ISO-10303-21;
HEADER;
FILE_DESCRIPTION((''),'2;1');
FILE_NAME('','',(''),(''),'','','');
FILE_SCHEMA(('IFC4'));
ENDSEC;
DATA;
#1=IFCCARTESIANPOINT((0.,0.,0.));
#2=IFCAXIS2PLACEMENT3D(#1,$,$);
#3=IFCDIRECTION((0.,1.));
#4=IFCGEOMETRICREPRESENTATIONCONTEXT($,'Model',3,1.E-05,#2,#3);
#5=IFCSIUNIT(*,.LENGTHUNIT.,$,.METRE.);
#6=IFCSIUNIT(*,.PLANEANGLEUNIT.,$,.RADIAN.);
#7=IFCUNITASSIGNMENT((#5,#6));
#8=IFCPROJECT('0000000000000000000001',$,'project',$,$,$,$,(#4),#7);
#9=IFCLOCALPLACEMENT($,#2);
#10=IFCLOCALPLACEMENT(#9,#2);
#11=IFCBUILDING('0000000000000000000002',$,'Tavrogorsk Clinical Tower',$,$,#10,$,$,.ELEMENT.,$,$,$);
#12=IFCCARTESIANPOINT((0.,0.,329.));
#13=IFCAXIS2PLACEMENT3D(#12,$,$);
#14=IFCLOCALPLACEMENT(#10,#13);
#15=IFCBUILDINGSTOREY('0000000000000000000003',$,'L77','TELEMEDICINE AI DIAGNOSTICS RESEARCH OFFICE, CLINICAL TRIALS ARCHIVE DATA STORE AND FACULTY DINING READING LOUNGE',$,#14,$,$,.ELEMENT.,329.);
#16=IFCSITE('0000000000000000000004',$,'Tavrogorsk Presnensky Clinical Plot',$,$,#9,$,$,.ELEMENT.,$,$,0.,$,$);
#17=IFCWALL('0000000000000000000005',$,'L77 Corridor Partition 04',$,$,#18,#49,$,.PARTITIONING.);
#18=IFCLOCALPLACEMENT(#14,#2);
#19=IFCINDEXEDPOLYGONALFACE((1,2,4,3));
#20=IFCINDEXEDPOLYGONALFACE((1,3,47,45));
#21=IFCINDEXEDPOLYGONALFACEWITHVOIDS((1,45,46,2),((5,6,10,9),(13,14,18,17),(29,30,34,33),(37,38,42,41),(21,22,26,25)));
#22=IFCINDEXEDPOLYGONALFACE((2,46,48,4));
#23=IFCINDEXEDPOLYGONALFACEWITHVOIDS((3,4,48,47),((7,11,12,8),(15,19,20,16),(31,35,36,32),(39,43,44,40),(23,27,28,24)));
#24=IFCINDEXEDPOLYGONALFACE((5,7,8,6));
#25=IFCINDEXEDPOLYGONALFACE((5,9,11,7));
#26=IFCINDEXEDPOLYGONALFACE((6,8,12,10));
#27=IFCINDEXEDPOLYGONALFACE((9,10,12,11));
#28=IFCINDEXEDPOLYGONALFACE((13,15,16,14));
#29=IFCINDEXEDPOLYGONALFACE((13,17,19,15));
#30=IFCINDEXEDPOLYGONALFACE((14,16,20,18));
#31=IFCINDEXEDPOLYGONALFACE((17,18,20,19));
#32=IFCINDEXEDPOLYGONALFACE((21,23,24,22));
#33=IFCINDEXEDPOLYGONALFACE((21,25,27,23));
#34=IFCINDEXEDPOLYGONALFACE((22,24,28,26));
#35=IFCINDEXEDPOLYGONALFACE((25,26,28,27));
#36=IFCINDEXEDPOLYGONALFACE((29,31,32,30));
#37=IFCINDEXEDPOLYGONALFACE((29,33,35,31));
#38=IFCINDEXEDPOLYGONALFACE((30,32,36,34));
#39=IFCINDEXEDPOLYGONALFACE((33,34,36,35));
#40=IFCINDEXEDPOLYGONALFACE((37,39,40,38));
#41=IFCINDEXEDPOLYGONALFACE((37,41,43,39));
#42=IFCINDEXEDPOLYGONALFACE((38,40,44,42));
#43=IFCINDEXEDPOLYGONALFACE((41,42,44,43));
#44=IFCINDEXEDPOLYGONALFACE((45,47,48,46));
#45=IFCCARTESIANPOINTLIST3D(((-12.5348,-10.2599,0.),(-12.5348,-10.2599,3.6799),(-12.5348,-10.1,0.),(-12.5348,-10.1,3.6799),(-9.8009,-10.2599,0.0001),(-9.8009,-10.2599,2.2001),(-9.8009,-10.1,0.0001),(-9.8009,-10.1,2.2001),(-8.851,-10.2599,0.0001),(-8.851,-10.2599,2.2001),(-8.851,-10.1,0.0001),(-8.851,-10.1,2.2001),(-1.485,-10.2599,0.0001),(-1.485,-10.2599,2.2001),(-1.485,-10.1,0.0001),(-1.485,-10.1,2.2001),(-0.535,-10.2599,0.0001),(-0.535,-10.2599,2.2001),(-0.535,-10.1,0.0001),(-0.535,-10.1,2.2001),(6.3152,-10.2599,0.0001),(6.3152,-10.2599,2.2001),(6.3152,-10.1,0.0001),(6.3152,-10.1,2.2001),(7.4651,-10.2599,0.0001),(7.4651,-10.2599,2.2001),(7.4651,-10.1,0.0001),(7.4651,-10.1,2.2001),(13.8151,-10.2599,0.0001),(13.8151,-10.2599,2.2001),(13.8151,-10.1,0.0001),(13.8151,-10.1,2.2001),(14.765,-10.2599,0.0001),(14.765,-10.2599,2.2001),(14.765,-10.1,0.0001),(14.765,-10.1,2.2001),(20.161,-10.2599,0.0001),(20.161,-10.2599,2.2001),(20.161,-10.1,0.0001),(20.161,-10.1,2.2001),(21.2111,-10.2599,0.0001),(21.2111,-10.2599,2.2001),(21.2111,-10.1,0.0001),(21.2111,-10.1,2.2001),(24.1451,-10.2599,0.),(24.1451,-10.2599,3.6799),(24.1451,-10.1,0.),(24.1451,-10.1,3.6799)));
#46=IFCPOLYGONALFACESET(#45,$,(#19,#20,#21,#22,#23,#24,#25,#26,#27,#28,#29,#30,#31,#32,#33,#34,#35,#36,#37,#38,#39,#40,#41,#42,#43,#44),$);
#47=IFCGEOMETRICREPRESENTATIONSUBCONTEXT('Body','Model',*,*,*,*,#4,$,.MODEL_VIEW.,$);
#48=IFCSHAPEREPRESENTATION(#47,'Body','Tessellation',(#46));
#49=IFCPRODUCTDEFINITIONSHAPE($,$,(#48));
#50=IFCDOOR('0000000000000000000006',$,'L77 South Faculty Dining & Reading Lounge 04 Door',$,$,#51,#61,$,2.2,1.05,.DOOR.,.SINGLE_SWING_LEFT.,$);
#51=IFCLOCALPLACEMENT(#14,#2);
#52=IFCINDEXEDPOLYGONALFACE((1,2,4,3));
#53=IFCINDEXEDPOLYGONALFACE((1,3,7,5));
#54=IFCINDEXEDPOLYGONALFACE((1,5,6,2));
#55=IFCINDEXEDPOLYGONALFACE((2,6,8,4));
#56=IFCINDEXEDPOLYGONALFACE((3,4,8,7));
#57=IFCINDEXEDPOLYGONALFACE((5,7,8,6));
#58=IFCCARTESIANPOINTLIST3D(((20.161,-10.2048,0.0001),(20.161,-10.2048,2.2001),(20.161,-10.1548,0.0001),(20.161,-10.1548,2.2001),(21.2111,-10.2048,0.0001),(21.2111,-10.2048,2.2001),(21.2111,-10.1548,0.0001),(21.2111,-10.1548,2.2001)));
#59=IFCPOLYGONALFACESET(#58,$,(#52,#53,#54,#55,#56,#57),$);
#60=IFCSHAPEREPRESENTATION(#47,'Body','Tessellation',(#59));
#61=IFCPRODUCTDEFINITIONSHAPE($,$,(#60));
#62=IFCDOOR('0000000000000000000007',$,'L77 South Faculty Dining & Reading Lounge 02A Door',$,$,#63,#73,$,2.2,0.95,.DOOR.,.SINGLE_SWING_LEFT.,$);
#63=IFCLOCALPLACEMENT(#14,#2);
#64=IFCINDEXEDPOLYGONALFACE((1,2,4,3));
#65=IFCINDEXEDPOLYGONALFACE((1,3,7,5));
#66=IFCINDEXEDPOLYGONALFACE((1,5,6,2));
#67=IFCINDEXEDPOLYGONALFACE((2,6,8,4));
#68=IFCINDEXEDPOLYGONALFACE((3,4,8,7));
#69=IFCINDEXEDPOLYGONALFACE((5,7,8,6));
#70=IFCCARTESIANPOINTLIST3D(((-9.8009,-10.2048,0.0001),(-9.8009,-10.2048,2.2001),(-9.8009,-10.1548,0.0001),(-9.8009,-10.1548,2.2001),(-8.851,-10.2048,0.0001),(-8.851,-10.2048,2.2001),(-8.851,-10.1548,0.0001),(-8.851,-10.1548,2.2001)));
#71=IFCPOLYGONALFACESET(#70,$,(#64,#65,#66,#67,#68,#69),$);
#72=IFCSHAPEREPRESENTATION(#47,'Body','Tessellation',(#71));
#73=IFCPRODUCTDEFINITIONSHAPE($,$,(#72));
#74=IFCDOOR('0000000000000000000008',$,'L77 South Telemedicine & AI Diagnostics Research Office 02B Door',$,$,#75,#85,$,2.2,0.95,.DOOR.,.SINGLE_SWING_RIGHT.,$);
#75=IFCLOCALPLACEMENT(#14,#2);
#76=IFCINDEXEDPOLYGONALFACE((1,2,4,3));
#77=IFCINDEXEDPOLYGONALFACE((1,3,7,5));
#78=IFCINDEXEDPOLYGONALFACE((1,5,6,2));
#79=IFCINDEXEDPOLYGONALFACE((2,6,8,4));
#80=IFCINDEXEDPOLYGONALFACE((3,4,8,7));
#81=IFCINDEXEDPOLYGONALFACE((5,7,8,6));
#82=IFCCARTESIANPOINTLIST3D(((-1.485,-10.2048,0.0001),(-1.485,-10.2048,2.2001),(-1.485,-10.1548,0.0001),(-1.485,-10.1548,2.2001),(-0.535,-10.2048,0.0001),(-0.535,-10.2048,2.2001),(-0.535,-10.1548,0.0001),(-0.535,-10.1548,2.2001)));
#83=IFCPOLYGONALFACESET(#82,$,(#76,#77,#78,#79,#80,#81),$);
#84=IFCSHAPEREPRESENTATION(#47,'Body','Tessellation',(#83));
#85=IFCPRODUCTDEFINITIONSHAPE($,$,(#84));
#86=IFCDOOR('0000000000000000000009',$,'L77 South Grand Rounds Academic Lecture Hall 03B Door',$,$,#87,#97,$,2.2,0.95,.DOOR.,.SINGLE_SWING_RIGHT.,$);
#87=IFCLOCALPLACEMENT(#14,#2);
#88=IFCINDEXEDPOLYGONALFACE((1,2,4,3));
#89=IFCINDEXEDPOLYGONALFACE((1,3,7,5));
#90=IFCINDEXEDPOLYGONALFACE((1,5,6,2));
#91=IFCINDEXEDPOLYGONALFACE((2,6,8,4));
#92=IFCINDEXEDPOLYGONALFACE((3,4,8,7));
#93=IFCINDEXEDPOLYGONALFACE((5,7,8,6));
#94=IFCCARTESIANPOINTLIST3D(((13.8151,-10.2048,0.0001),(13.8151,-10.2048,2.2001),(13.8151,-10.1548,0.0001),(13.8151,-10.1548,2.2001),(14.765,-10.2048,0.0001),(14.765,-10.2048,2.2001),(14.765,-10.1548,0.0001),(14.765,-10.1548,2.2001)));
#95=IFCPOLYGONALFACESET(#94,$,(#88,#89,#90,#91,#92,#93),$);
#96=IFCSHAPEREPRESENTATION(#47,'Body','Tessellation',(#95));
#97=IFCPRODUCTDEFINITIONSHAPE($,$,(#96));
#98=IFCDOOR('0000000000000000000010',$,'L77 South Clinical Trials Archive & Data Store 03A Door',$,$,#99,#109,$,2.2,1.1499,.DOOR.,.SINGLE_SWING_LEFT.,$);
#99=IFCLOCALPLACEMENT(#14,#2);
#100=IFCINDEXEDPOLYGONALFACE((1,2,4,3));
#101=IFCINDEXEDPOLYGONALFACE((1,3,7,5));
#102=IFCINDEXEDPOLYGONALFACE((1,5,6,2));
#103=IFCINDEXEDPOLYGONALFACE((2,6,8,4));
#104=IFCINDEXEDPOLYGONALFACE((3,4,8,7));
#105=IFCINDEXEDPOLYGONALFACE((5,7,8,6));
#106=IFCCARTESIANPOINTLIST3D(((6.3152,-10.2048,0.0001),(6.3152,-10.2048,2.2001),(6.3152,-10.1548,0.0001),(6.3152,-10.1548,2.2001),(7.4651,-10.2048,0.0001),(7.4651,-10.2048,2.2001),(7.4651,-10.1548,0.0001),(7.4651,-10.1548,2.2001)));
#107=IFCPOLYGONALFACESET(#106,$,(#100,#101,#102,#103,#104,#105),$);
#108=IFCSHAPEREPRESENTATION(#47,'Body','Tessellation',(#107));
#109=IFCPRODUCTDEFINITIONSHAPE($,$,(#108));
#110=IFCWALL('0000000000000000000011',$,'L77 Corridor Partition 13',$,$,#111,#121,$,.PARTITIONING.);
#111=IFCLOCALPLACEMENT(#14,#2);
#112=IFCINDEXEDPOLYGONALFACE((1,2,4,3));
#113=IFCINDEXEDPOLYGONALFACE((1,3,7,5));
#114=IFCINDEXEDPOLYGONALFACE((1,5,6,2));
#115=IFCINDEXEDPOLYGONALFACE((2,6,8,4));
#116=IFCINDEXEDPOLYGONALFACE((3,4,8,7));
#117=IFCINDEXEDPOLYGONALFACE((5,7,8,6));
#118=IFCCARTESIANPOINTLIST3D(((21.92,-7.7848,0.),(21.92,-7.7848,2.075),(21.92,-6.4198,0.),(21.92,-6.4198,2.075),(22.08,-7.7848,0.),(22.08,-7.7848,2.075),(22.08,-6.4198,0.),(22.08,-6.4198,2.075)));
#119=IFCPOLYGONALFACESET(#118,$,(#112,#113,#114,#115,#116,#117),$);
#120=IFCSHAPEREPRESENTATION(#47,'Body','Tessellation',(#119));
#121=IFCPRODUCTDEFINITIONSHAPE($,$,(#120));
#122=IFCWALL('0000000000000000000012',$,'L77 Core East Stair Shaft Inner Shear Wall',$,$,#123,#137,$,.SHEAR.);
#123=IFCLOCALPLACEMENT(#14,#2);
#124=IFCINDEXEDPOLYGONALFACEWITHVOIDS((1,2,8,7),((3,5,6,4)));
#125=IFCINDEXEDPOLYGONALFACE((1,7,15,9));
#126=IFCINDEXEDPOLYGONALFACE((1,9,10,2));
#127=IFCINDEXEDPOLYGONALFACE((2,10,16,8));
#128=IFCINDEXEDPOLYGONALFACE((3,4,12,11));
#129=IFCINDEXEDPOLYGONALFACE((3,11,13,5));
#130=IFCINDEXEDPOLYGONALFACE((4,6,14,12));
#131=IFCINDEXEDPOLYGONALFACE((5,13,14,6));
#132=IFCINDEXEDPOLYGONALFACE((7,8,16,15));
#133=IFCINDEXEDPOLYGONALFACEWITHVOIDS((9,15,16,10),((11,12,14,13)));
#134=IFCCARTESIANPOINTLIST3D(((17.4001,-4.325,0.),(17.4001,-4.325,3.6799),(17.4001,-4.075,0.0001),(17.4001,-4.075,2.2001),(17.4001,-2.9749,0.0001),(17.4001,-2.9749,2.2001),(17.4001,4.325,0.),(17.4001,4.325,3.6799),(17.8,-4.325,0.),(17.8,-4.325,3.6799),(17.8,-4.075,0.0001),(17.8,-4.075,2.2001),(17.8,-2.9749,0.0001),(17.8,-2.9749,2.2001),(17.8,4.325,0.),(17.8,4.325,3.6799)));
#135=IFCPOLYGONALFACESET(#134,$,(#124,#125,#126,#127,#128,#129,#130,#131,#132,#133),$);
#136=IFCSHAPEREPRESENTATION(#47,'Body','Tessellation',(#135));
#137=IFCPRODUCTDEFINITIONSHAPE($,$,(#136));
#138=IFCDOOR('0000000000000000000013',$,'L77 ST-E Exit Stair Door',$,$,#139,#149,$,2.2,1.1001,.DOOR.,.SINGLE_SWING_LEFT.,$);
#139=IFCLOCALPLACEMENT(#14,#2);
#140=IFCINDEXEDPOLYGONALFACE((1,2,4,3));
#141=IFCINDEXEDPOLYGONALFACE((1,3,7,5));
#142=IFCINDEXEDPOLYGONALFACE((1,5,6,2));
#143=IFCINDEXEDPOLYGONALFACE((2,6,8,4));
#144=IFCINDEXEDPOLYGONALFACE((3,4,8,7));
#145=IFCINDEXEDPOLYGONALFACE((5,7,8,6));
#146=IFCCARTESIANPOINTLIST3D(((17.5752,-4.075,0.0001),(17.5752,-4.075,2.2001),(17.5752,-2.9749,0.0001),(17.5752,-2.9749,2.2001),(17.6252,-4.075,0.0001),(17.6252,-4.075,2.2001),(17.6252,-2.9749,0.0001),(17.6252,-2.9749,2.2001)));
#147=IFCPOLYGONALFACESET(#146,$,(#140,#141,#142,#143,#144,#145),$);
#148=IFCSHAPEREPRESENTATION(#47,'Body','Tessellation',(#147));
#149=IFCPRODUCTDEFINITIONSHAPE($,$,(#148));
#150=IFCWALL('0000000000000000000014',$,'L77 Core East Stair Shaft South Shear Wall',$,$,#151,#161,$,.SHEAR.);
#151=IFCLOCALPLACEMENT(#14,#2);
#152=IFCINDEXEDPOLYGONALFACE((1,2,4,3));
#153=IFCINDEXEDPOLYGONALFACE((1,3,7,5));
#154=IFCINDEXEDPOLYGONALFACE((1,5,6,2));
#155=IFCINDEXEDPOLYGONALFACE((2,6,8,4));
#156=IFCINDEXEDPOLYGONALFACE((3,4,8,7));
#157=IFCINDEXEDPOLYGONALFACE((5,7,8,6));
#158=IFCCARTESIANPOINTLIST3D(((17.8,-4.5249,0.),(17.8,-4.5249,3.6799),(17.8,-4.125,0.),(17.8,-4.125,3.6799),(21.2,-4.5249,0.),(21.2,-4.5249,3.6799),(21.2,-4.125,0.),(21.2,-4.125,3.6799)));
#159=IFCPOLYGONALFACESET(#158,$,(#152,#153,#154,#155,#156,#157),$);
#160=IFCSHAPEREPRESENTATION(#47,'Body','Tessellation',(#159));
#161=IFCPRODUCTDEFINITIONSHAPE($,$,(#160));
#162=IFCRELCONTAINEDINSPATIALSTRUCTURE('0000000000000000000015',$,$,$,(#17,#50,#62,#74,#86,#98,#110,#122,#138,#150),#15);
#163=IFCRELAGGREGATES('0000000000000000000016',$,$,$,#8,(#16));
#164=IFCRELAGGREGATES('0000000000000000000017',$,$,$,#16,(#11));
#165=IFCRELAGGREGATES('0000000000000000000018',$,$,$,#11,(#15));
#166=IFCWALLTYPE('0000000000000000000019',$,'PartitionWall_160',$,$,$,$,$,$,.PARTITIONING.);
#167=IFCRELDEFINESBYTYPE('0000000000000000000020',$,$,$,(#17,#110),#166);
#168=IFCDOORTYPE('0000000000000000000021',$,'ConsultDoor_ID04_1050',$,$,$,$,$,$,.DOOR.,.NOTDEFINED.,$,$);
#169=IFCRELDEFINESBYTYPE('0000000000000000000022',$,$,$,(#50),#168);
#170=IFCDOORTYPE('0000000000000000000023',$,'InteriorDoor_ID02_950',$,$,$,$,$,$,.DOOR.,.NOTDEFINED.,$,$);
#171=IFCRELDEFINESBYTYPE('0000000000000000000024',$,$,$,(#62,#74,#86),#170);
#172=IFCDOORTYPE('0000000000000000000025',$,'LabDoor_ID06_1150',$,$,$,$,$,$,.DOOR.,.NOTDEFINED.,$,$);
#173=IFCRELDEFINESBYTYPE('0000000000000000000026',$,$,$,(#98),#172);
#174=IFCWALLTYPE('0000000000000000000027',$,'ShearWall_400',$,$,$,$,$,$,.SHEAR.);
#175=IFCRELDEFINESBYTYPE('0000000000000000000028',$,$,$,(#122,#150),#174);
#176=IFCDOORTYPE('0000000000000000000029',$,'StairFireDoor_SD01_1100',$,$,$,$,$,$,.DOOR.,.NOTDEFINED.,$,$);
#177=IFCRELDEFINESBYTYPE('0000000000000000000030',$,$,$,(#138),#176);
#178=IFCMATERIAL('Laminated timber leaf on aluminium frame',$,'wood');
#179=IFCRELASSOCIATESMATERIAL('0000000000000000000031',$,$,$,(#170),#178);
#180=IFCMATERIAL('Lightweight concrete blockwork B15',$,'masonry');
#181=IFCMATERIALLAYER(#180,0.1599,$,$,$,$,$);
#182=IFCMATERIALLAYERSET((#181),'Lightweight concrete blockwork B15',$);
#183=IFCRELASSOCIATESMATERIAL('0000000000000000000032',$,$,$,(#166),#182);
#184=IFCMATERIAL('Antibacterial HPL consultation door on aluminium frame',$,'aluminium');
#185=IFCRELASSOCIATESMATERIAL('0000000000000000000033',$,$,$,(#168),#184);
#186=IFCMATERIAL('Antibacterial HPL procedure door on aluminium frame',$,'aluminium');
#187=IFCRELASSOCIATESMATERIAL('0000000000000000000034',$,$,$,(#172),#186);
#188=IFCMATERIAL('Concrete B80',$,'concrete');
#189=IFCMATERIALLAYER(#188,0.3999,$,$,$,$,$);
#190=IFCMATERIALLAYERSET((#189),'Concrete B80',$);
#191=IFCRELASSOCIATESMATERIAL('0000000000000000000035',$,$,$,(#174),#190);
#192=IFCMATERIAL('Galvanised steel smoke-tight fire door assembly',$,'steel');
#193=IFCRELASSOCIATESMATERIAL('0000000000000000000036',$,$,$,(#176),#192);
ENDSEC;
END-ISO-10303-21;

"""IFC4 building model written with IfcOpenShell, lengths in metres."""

from ifc_helpers import new_model, si_unit, direction, frame, frame_2d, origin, place, context, subcontext, project, spatial, rectangle, extrude, material, layer, layer_set, type_object, element, fill, save


model = new_model("IFC4")

# Units and contexts
model_context = context("Model", 3, precision=1e-05, world=origin(), true_north=direction((0.0, 1.0)))
body_context = subcontext(model_context, "Body", "Model", "MODEL_VIEW")
ifc_project = project(units=[si_unit("LENGTHUNIT", "METRE"), si_unit("PLANEANGLEUNIT", "RADIAN")], contexts=[model_context])

# Site, building, storey
site_placement = place(None, origin())
site = spatial("IfcSite", under=ifc_project, at=site_placement, Name="Tavrogorsk Presnensky Clinical Plot", CompositionType="ELEMENT", RefElevation=0.0)
building_placement = place(site_placement, origin())
building = spatial("IfcBuilding", under=site, at=building_placement, Name="Tavrogorsk Clinical Tower", CompositionType="ELEMENT")
storey_placement = place(building_placement, frame((0.0, 0.0, 329.0)))
storey = spatial("IfcBuildingStorey", under=building, at=storey_placement, Name="L77", Description="TELEMEDICINE AI DIAGNOSTICS RESEARCH OFFICE, CLINICAL TRIALS ARCHIVE DATA STORE AND FACULTY DINING READING LOUNGE", CompositionType="ELEMENT", Elevation=329.0)

# Shared definitions
ifc_material_1 = material(Name="Laminated timber leaf on aluminium frame", Category="wood")
door_type_1 = type_object("IfcDoorType", Name="InteriorDoor_ID02_950", OperationType="NOTDEFINED", PredefinedType="DOOR", material=ifc_material_1)

# Wall, openings, doors
ifc_material_2 = material(Name="Lightweight concrete blockwork B15", Category="masonry")
ifc_layer_1 = layer(ifc_material_2, 0.1599)
ifc_layer_set_1 = layer_set([ifc_layer_1], Name="Lightweight concrete blockwork B15")
wall_type_1 = type_object("IfcWallType", Name="PartitionWall_160", PredefinedType="PARTITIONING", material=ifc_layer_set_1)
wall_1_placement = place(storey_placement, frame((24.145, -10.1799, 0.0), z_axis=(0.0, 0.0, 1.0), x_axis=(-1.0, 0.0, 0.0)))
wall_1 = element("IfcWall", 1, at=wall_1_placement, inside=storey, type_object=wall_type_1, Name="L77 Corridor Partition 04", PredefinedType="PARTITIONING", context=body_context, shape_type="SweptSolid", body=[
    extrude(rectangle(XDim=36.6799, YDim=0.1599, at=frame_2d((18.3398, 0.0))), origin(), (0.0, 0.0, 1.0), 3.6799),
])
opening_1_placement = place(wall_1_placement, frame((32.9958, 0.0, 0.0)))
opening_1 = element("IfcOpeningElement", 2, at=opening_1_placement, cuts=wall_1, PredefinedType="OPENING", context=body_context, shape_type="SweptSolid", body=[
    extrude(rectangle(XDim=0.95, YDim=2.2, at=frame_2d((0.4751, 1.1001))), frame((0.0, 0.0898, 0.0), z_axis=(0.0, -1.0, 0.0), x_axis=(1.0, 0.0, 0.0)), (0.0, 0.0, 1.0), 0.1799),
])
opening_2_placement = place(wall_1_placement, frame((24.6799, 0.0, 0.0)))
opening_2 = element("IfcOpeningElement", 3, at=opening_2_placement, cuts=wall_1, PredefinedType="OPENING", context=body_context, shape_type="SweptSolid", body=[
    extrude(rectangle(XDim=0.95, YDim=2.2, at=frame_2d((0.4751, 1.1001))), frame((0.0, 0.0898, 0.0), z_axis=(0.0, -1.0, 0.0), x_axis=(1.0, 0.0, 0.0)), (0.0, 0.0, 1.0), 0.1799),
])
opening_3_placement = place(wall_1_placement, frame((16.6799, 0.0, 0.0)))
opening_3 = element("IfcOpeningElement", 4, at=opening_3_placement, cuts=wall_1, PredefinedType="OPENING", context=body_context, shape_type="SweptSolid", body=[
    extrude(rectangle(XDim=1.1499, YDim=2.2, at=frame_2d((0.575, 1.1001))), frame((0.0, 0.0898, 0.0), z_axis=(0.0, -1.0, 0.0), x_axis=(1.0, 0.0, 0.0)), (0.0, 0.0, 1.0), 0.1799),
])
opening_4_placement = place(wall_1_placement, frame((9.3799, 0.0, 0.0)))
opening_4 = element("IfcOpeningElement", 5, at=opening_4_placement, cuts=wall_1, PredefinedType="OPENING", context=body_context, shape_type="SweptSolid", body=[
    extrude(rectangle(XDim=0.95, YDim=2.2, at=frame_2d((0.4751, 1.1001))), frame((0.0, 0.0898, 0.0), z_axis=(0.0, -1.0, 0.0), x_axis=(1.0, 0.0, 0.0)), (0.0, 0.0, 1.0), 0.1799),
])
opening_5_placement = place(wall_1_placement, frame((2.9341, 0.0, 0.0)))
opening_5 = element("IfcOpeningElement", 6, at=opening_5_placement, cuts=wall_1, PredefinedType="OPENING", context=body_context, shape_type="SweptSolid", body=[
    extrude(rectangle(XDim=1.05, YDim=2.2, at=frame_2d((0.5249, 1.1001))), frame((0.0, 0.0898, 0.0), z_axis=(0.0, -1.0, 0.0), x_axis=(1.0, 0.0, 0.0)), (0.0, 0.0, 1.0), 0.1799),
])
ifc_material_3 = material(Name="Antibacterial HPL consultation door on aluminium frame", Category="aluminium")
door_type_2 = type_object("IfcDoorType", Name="ConsultDoor_ID04_1050", OperationType="NOTDEFINED", PredefinedType="DOOR", material=ifc_material_3)
door_1_placement = place(opening_5_placement, origin())
door_1 = element("IfcDoor", 7, at=door_1_placement, inside=storey, type_object=door_type_2, Name="L77 South Faculty Dining & Reading Lounge 04 Door", OperationType="SINGLE_SWING_LEFT", OverallHeight=2.2, OverallWidth=1.05, PredefinedType="DOOR", context=body_context, shape_type="SweptSolid", body=[
    extrude(rectangle(XDim=1.05, YDim=2.2, at=frame_2d((0.5249, 1.1001))), frame((0.0, 0.0249, 0.0), z_axis=(0.0, -1.0, 0.0), x_axis=(1.0, 0.0, 0.0)), (0.0, 0.0, 1.0), 0.05),
])
fill(opening_5, door_1)
door_2_placement = place(opening_1_placement, origin())
door_2 = element("IfcDoor", 8, at=door_2_placement, inside=storey, type_object=door_type_1, Name="L77 South Faculty Dining & Reading Lounge 02A Door", OperationType="SINGLE_SWING_LEFT", OverallHeight=2.2, OverallWidth=0.95, PredefinedType="DOOR", context=body_context, shape_type="SweptSolid", body=[
    extrude(rectangle(XDim=0.95, YDim=2.2, at=frame_2d((0.4751, 1.1001))), frame((0.0, 0.0249, 0.0), z_axis=(0.0, -1.0, 0.0), x_axis=(1.0, 0.0, 0.0)), (0.0, 0.0, 1.0), 0.05),
])
fill(opening_1, door_2)
door_3_placement = place(opening_2_placement, origin())
door_3 = element("IfcDoor", 9, at=door_3_placement, inside=storey, type_object=door_type_1, Name="L77 South Telemedicine & AI Diagnostics Research Office 02B Door", OperationType="SINGLE_SWING_RIGHT", OverallHeight=2.2, OverallWidth=0.95, PredefinedType="DOOR", context=body_context, shape_type="SweptSolid", body=[
    extrude(rectangle(XDim=0.95, YDim=2.2, at=frame_2d((0.4751, 1.1001))), frame((0.0, 0.0249, 0.0), z_axis=(0.0, -1.0, 0.0), x_axis=(1.0, 0.0, 0.0)), (0.0, 0.0, 1.0), 0.05),
])
fill(opening_2, door_3)
door_4_placement = place(opening_4_placement, origin())
door_4 = element("IfcDoor", 10, at=door_4_placement, inside=storey, type_object=door_type_1, Name="L77 South Grand Rounds Academic Lecture Hall 03B Door", OperationType="SINGLE_SWING_RIGHT", OverallHeight=2.2, OverallWidth=0.95, PredefinedType="DOOR", context=body_context, shape_type="SweptSolid", body=[
    extrude(rectangle(XDim=0.95, YDim=2.2, at=frame_2d((0.4751, 1.1001))), frame((0.0, 0.0249, 0.0), z_axis=(0.0, -1.0, 0.0), x_axis=(1.0, 0.0, 0.0)), (0.0, 0.0, 1.0), 0.05),
])
fill(opening_4, door_4)
ifc_material_4 = material(Name="Antibacterial HPL procedure door on aluminium frame", Category="aluminium")
door_type_3 = type_object("IfcDoorType", Name="LabDoor_ID06_1150", OperationType="NOTDEFINED", PredefinedType="DOOR", material=ifc_material_4)
door_5_placement = place(opening_3_placement, origin())
door_5 = element("IfcDoor", 11, at=door_5_placement, inside=storey, type_object=door_type_3, Name="L77 South Clinical Trials Archive & Data Store 03A Door", OperationType="SINGLE_SWING_LEFT", OverallHeight=2.2, OverallWidth=1.1499, PredefinedType="DOOR", context=body_context, shape_type="SweptSolid", body=[
    extrude(rectangle(XDim=1.1499, YDim=2.2, at=frame_2d((0.575, 1.1001))), frame((0.0, 0.0249, 0.0), z_axis=(0.0, -1.0, 0.0), x_axis=(1.0, 0.0, 0.0)), (0.0, 0.0, 1.0), 0.05),
])
fill(opening_3, door_5)

# Wall
wall_2_placement = place(storey_placement, frame((22.0, -7.7849, 0.0), z_axis=(0.0, 0.0, 1.0), x_axis=(0.0, 1.0, 0.0)))
element("IfcWall", 12, at=wall_2_placement, inside=storey, type_object=wall_type_1, Name="L77 Corridor Partition 13", PredefinedType="PARTITIONING", context=body_context, shape_type="SweptSolid", body=[
    extrude(rectangle(XDim=1.365, YDim=0.1599, at=frame_2d((0.6826, 0.0))), origin(), (0.0, 0.0, 1.0), 2.075),
])

# Wall, opening, door
ifc_material_5 = material(Name="Concrete B80", Category="concrete")
ifc_layer_2 = layer(ifc_material_5, 0.3999)
ifc_layer_set_2 = layer_set([ifc_layer_2], Name="Concrete B80")
wall_type_2 = type_object("IfcWallType", Name="ShearWall_400", PredefinedType="SHEAR", material=ifc_layer_set_2)
wall_3_placement = place(storey_placement, frame((17.6001, -4.325, 0.0), z_axis=(0.0, 0.0, 1.0), x_axis=(0.0, 1.0, 0.0)))
wall_3 = element("IfcWall", 13, at=wall_3_placement, inside=storey, type_object=wall_type_2, Name="L77 Core East Stair Shaft Inner Shear Wall", PredefinedType="SHEAR", context=body_context, shape_type="SweptSolid", body=[
    extrude(rectangle(XDim=8.6499, YDim=0.3999, at=frame_2d((4.325, 0.0))), origin(), (0.0, 0.0, 1.0), 3.6799),
])
opening_6_placement = place(wall_3_placement, frame((0.25, 0.0, 0.0)))
opening_6 = element("IfcOpeningElement", 14, at=opening_6_placement, cuts=wall_3, PredefinedType="OPENING", context=body_context, shape_type="SweptSolid", body=[
    extrude(rectangle(XDim=1.1001, YDim=2.2, at=frame_2d((0.55, 1.1001))), frame((0.0, 0.21, 0.0), z_axis=(0.0, -1.0, 0.0), x_axis=(1.0, 0.0, 0.0)), (0.0, 0.0, 1.0), 0.4199),
])
ifc_material_6 = material(Name="Galvanised steel smoke-tight fire door assembly", Category="steel")
door_type_4 = type_object("IfcDoorType", Name="StairFireDoor_SD01_1100", OperationType="NOTDEFINED", PredefinedType="DOOR", material=ifc_material_6)
door_6_placement = place(opening_6_placement, origin())
door_6 = element("IfcDoor", 15, at=door_6_placement, inside=storey, type_object=door_type_4, Name="L77 ST-E Exit Stair Door", OperationType="SINGLE_SWING_LEFT", OverallHeight=2.2, OverallWidth=1.1001, PredefinedType="DOOR", context=body_context, shape_type="SweptSolid", body=[
    extrude(rectangle(XDim=1.1001, YDim=2.2, at=frame_2d((0.55, 1.1001))), frame((0.0, 0.0249, 0.0), z_axis=(0.0, -1.0, 0.0), x_axis=(1.0, 0.0, 0.0)), (0.0, 0.0, 1.0), 0.05),
])
fill(opening_6, door_6)

# Wall
wall_4_placement = place(storey_placement, frame((17.8, -4.325, 0.0), z_axis=(0.0, 0.0, 1.0), x_axis=(1.0, 0.0, 0.0)))
element("IfcWall", 16, at=wall_4_placement, inside=storey, type_object=wall_type_2, Name="L77 Core East Stair Shaft South Shear Wall", PredefinedType="SHEAR", context=body_context, shape_type="SweptSolid", body=[
    extrude(rectangle(XDim=3.3999, YDim=0.3999, at=frame_2d((1.7, 0.0))), origin(), (0.0, 0.0, 1.0), 3.6799),
])

save(model, "model.ifc")
